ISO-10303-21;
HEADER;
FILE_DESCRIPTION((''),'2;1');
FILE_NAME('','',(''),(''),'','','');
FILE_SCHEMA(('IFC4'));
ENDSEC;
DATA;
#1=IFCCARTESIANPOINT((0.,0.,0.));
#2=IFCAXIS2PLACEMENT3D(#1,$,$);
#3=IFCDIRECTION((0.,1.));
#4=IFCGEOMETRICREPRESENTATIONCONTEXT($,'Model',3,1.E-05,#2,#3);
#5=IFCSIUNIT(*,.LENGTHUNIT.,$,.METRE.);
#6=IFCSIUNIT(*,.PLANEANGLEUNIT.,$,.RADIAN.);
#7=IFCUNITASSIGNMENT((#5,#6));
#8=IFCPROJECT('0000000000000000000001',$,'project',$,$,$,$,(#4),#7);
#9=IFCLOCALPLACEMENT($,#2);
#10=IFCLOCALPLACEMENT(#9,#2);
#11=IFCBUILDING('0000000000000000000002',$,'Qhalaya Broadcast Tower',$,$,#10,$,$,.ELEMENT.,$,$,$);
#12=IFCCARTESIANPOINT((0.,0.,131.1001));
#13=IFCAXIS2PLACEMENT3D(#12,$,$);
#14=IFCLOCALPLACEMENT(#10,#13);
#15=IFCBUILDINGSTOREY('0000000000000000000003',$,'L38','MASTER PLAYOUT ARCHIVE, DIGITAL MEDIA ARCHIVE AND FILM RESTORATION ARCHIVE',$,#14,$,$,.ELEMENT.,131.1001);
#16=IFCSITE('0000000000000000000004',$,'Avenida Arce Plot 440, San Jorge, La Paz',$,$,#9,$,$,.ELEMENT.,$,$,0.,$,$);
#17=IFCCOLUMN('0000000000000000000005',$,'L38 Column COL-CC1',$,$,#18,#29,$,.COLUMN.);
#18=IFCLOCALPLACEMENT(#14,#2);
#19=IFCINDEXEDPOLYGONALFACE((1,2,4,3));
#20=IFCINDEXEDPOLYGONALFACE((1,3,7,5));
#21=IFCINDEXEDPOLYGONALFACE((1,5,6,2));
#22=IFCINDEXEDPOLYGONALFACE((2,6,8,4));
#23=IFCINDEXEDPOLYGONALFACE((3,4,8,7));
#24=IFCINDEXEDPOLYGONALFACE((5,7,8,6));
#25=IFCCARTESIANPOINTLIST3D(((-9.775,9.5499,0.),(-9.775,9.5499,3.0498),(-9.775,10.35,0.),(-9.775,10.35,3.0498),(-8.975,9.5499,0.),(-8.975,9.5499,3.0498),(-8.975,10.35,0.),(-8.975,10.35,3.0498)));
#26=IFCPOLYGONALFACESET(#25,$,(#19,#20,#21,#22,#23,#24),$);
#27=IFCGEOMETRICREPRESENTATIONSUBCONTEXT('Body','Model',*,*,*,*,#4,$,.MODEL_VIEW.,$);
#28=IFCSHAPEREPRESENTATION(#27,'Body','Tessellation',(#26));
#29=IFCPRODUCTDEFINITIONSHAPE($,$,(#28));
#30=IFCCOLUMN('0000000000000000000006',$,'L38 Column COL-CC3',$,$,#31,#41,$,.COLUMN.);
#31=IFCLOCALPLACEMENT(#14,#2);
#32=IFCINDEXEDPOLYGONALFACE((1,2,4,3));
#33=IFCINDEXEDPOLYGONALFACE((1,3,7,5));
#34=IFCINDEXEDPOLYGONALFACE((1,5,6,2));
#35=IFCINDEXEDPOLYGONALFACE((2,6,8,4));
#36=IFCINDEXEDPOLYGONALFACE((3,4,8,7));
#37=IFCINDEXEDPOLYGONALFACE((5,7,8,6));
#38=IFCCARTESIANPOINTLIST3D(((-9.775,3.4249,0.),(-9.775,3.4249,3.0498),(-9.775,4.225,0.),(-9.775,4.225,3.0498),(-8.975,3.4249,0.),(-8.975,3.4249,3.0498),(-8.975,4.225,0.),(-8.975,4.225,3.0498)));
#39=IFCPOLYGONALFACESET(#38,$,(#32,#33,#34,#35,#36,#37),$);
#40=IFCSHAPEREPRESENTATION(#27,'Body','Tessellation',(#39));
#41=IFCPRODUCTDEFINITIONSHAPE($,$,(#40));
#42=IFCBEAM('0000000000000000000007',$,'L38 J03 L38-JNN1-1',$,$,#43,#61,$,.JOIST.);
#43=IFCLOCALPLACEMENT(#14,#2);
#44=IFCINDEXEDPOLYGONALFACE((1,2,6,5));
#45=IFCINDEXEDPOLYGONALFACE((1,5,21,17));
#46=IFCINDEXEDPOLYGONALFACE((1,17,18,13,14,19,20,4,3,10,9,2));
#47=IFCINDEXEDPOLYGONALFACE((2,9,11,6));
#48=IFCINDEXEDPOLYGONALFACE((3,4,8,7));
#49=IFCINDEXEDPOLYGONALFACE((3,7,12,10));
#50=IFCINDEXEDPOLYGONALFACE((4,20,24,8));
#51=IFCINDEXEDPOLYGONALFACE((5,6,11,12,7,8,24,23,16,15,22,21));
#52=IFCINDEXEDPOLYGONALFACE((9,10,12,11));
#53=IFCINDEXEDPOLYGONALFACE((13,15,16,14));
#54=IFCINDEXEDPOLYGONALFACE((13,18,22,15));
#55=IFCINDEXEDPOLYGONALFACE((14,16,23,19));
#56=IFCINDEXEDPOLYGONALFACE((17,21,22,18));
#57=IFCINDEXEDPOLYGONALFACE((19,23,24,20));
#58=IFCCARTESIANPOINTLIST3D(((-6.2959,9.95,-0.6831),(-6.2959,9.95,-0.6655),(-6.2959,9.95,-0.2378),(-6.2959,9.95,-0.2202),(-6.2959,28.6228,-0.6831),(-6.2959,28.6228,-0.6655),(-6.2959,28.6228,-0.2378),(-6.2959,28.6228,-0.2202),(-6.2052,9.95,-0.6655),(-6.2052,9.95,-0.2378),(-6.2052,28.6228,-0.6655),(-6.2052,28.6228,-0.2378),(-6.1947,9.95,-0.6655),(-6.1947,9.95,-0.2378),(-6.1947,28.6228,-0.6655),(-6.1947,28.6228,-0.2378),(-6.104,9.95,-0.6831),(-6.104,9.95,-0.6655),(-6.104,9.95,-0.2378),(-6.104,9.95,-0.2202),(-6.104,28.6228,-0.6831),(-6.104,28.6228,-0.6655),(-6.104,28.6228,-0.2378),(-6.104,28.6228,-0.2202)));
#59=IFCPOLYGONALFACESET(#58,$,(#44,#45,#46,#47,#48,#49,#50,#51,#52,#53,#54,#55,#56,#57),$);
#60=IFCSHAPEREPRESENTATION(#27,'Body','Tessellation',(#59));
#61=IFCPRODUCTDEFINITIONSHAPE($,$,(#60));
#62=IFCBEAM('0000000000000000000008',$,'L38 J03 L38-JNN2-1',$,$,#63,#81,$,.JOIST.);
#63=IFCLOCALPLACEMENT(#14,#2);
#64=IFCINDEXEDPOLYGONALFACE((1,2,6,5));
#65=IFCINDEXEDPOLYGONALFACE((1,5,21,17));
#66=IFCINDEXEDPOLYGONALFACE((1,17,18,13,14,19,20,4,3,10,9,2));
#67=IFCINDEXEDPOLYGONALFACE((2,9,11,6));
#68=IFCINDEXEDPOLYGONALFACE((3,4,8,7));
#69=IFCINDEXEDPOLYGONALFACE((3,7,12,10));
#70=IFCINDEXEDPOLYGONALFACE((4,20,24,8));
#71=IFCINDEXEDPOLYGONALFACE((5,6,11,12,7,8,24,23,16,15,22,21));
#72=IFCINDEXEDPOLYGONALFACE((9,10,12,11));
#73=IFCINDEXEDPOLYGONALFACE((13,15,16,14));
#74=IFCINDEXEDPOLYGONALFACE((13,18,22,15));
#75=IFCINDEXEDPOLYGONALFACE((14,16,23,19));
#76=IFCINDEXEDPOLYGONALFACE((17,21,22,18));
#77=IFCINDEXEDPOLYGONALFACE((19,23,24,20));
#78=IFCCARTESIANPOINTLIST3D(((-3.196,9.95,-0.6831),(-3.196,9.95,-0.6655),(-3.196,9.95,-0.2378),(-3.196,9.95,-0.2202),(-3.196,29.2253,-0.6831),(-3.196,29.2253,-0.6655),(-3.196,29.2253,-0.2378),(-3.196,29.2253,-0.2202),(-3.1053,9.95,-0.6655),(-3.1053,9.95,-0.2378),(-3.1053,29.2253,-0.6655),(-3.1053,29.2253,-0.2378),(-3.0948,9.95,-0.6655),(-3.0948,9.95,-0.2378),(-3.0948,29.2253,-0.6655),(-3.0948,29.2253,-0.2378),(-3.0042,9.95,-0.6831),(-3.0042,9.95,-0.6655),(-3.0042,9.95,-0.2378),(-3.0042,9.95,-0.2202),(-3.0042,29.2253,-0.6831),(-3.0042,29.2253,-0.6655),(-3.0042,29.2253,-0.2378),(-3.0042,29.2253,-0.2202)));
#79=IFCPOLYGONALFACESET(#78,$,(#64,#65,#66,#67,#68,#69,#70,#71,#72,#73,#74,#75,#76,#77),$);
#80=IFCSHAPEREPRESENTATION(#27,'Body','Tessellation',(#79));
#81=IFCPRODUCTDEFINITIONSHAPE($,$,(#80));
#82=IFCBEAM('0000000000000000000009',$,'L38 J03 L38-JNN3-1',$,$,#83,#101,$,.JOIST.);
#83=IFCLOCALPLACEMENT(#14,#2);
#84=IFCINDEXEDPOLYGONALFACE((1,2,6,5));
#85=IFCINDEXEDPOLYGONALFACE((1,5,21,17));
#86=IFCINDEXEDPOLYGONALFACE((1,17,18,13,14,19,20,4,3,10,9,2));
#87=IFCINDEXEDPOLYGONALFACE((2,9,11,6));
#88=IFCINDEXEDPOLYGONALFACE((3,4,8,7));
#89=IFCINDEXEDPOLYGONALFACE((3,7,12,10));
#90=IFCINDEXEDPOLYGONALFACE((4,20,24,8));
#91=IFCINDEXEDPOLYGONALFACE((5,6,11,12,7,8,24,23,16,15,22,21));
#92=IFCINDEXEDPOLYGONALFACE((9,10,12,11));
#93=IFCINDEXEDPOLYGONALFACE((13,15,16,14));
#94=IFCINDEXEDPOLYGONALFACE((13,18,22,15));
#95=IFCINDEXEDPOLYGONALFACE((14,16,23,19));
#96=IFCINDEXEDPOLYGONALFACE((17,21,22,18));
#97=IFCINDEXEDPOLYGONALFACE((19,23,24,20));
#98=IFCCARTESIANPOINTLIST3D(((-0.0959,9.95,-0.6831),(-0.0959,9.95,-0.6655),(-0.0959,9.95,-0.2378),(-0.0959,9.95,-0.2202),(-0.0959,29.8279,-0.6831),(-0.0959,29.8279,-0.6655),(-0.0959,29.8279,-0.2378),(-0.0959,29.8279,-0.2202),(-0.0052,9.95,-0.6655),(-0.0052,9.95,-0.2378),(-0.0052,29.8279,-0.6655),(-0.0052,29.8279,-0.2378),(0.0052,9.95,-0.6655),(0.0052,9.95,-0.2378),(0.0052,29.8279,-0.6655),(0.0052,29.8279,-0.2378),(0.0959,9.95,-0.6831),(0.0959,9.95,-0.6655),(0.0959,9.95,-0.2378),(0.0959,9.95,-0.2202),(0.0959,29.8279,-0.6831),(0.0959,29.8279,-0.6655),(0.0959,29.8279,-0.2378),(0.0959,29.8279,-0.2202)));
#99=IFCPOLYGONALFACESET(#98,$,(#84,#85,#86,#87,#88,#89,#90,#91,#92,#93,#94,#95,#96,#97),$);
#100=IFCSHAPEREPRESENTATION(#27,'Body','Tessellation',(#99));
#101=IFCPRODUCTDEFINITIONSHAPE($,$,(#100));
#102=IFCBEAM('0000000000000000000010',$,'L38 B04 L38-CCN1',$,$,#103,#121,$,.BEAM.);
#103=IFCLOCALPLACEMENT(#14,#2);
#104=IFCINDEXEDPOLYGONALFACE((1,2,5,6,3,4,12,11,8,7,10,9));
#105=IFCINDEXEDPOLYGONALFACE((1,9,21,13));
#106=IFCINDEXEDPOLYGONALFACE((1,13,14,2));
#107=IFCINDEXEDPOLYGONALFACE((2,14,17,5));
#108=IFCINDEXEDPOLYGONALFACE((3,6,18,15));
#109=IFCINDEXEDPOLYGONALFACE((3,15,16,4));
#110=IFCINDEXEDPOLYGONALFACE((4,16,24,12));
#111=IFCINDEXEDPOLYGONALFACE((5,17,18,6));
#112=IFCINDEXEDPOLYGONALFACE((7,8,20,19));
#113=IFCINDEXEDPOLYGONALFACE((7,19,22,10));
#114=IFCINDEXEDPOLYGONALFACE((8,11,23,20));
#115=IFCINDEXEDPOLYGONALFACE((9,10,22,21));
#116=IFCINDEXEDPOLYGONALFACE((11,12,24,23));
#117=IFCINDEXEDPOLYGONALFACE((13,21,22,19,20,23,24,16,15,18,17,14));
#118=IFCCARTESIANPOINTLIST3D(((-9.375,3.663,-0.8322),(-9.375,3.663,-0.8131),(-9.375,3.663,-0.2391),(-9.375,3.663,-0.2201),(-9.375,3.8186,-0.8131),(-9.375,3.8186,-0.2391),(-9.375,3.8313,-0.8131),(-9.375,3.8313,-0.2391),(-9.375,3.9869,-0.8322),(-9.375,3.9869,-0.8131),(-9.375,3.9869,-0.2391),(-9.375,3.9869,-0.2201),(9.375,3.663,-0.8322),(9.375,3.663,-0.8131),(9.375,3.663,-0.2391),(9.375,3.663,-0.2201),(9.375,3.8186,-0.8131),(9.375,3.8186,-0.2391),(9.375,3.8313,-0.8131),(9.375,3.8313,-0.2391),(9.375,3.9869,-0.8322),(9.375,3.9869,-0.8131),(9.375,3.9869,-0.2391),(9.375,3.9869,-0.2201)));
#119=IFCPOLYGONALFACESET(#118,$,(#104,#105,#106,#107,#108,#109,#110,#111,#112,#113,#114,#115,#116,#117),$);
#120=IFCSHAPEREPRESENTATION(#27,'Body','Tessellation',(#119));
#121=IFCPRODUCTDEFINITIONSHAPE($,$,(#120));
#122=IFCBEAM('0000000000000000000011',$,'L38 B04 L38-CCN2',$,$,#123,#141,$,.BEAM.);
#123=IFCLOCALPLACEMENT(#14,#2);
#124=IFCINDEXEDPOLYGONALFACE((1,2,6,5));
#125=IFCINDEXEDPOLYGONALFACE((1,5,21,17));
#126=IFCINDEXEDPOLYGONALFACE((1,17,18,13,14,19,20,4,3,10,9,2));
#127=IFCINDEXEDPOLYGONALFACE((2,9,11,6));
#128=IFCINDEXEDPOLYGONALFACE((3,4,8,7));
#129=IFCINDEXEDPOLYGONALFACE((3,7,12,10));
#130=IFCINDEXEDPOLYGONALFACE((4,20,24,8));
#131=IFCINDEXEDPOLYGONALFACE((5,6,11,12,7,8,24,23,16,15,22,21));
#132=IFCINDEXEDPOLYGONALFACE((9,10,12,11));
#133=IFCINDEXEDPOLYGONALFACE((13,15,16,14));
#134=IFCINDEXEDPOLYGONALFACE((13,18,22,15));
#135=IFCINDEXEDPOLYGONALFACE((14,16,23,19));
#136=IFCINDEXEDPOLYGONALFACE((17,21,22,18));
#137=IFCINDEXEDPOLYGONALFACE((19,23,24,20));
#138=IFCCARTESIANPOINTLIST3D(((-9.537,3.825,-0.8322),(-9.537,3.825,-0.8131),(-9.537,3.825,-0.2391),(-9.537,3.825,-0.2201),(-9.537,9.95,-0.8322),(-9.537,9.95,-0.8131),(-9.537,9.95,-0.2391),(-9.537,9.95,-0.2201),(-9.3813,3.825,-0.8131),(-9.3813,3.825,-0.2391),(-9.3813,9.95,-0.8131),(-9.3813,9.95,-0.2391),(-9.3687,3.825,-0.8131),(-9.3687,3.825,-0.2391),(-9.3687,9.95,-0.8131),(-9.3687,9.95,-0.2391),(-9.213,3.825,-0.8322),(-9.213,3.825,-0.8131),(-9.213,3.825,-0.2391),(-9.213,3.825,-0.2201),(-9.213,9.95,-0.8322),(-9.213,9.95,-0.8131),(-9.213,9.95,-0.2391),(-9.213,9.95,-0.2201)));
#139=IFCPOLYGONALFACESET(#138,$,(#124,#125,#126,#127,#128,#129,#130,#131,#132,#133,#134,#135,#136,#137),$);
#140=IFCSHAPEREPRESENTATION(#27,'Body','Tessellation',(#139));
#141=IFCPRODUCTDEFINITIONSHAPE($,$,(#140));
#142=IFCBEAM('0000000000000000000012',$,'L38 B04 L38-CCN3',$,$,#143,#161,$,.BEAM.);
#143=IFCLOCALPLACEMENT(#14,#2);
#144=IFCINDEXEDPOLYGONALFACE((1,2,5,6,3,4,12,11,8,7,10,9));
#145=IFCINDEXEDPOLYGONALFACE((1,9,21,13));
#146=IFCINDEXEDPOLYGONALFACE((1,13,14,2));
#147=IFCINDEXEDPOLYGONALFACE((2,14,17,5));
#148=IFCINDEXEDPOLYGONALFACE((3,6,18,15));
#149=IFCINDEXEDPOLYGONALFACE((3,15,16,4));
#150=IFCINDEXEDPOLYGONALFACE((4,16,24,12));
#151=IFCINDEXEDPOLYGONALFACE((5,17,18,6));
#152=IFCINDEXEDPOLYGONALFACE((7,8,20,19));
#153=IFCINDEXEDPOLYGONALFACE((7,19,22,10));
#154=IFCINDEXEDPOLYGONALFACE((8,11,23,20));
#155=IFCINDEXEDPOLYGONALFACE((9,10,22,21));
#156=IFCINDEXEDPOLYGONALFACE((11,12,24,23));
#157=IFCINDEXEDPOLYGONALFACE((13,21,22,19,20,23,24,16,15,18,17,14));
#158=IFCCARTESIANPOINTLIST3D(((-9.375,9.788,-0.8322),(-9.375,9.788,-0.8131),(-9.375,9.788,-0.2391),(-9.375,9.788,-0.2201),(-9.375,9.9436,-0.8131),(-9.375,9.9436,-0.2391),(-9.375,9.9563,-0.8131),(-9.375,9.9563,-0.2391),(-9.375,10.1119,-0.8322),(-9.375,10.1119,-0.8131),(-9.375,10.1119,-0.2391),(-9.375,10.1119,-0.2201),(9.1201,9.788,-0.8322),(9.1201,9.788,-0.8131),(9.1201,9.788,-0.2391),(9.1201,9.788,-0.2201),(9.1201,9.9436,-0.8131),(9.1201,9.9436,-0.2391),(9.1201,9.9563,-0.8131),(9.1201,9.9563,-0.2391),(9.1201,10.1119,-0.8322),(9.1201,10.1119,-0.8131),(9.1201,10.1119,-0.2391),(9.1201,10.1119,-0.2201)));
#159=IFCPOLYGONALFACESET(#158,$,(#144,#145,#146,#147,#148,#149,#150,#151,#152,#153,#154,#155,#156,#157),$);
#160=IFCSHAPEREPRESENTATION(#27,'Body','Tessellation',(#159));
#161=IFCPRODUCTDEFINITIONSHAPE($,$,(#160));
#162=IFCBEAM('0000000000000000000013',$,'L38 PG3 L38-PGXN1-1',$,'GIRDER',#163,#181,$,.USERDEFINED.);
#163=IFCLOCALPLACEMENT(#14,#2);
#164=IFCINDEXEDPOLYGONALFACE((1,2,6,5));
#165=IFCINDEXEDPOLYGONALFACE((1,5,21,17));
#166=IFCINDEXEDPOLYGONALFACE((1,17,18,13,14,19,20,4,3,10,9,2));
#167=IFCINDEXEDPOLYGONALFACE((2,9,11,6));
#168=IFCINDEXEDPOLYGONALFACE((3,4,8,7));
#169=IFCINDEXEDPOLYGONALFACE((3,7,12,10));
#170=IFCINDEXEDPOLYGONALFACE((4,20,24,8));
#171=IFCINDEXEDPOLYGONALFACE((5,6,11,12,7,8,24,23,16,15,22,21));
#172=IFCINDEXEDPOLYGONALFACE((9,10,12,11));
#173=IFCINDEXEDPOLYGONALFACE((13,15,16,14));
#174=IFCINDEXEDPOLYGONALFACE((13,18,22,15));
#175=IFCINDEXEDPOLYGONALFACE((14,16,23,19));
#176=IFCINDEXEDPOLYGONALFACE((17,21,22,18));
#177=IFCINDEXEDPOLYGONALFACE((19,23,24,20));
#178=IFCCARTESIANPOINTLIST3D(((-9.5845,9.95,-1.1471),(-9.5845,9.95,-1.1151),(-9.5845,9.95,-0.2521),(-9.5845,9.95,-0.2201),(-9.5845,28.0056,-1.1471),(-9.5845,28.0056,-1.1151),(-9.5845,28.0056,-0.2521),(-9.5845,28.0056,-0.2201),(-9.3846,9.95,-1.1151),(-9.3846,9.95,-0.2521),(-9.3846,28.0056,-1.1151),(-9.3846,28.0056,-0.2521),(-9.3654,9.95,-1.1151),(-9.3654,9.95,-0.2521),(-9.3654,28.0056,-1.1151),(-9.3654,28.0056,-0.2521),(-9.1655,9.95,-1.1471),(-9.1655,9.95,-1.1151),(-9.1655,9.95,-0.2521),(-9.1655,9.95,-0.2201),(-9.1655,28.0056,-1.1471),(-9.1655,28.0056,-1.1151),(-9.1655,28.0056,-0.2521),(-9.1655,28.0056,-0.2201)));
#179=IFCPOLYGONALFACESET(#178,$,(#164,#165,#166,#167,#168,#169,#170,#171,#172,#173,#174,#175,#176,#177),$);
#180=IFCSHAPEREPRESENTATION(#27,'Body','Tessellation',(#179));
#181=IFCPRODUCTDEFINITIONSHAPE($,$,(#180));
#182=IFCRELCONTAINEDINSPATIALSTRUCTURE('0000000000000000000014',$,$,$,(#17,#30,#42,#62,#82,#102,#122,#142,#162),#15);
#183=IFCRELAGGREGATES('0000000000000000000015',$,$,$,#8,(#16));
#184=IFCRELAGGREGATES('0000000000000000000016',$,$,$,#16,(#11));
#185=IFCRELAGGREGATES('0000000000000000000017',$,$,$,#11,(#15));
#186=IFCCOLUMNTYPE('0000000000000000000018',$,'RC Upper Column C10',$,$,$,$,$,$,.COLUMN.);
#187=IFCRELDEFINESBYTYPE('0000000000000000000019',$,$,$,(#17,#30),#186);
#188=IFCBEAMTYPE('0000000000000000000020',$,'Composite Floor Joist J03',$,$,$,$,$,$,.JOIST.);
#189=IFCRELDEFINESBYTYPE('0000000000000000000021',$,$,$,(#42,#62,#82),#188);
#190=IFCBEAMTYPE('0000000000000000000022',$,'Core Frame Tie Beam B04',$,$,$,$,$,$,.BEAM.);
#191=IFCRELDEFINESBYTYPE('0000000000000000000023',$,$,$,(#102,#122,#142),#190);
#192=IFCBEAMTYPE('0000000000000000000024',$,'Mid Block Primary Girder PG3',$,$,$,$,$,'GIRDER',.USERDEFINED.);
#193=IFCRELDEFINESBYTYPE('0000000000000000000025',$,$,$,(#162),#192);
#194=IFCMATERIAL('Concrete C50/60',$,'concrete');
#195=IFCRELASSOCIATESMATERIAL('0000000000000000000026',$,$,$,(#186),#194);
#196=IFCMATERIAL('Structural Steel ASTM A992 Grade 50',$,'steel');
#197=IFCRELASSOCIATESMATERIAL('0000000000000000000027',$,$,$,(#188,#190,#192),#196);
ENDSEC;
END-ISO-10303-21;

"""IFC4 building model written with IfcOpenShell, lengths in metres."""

from ifc_helpers import new_model, si_unit, direction, frame, origin, origin_2d, place, context, subcontext, project, spatial, rectangle, i_section, extrude, material, material_profile, profile_set, type_object, element, save


model = new_model("IFC4")

# Units and contexts
model_context = context("Model", 3, precision=1e-05, world=origin(), true_north=direction((0.0, 1.0)))
body_context = subcontext(model_context, "Body", "Model", "MODEL_VIEW")
ifc_project = project(units=[si_unit("LENGTHUNIT", "METRE"), si_unit("PLANEANGLEUNIT", "RADIAN")], contexts=[model_context])

# Site, building, storey
site_placement = place(None, origin())
site = spatial("IfcSite", under=ifc_project, at=site_placement, Name="Avenida Arce Plot 440, San Jorge, La Paz", CompositionType="ELEMENT", RefElevation=0.0)
building_placement = place(site_placement, origin())
building = spatial("IfcBuilding", under=site, at=building_placement, Name="Qhalaya Broadcast Tower", CompositionType="ELEMENT")
storey_placement = place(building_placement, frame((0.0, 0.0, 131.1001)))
storey = spatial("IfcBuildingStorey", under=building, at=storey_placement, Name="L38", Description="MASTER PLAYOUT ARCHIVE, DIGITAL MEDIA ARCHIVE AND FILM RESTORATION ARCHIVE", CompositionType="ELEMENT", Elevation=131.1001)

# Columns
ifc_material_1 = material(Name="Concrete C50/60", Category="concrete")
ifc_material_profile_1 = material_profile(ifc_material_1, rectangle(XDim=0.8, YDim=0.8, at=origin_2d()), Name="RC-COL 800x800")
ifc_profile_set_1 = profile_set([ifc_material_profile_1], Name="Concrete C50/60")
column_type = type_object("IfcColumnType", Name="RC Upper Column C10", PredefinedType="COLUMN", material=ifc_profile_set_1)
for number, where, z_axis, x_axis, name in (
    (1, (-9.375, 9.95, 0.0), (0.0, 0.0, 1.0), (1.0, 0.0, 0.0), "L38 Column COL-CC1"),
    (2, (-9.375, 3.825, 0.0), (0.0, 0.0, 1.0), (1.0, 0.0, 0.0), "L38 Column COL-CC3"),
):
    element("IfcColumn", number, at=place(storey_placement, frame(where, z_axis=z_axis, x_axis=x_axis)), inside=storey, type_object=column_type, Name=name, PredefinedType="COLUMN", context=body_context, shape_type="SweptSolid", body=[
        extrude(rectangle(XDim=0.8, YDim=0.8, at=origin_2d()), origin(), (0.0, 0.0, 1.0), 3.0498),
    ])

# Beams
ifc_material_2 = material(Name="Structural Steel ASTM A992 Grade 50", Category="steel")
ifc_material_profile_2 = material_profile(ifc_material_2, i_section(OverallWidth=0.1919, OverallDepth=0.4629, WebThickness=0.0105, FlangeThickness=0.0176, at=origin_2d()), Name="W18X60")
ifc_profile_set_2 = profile_set([ifc_material_profile_2], Name="Structural Steel ASTM A992 Grade 50")
beam_type_1 = type_object("IfcBeamType", Name="Composite Floor Joist J03", PredefinedType="JOIST", material=ifc_profile_set_2)
beam_1_placement = place(storey_placement, frame((-6.2, 9.95, -0.4517), z_axis=(0.0, 1.0, 0.0), x_axis=(-1.0, 0.0, 0.0)))
element("IfcBeam", 3, at=beam_1_placement, inside=storey, type_object=beam_type_1, Name="L38 J03 L38-JNN1-1", PredefinedType="JOIST", context=body_context, shape_type="SweptSolid", body=[
    extrude(i_section(OverallWidth=0.1919, OverallDepth=0.4629, WebThickness=0.0105, FlangeThickness=0.0176, at=origin_2d()), origin(), (0.0, 0.0, 1.0), 18.6729),
])
beam_2_placement = place(storey_placement, frame((-3.1001, 9.95, -0.4517), z_axis=(0.0, 1.0, 0.0), x_axis=(-1.0, 0.0, 0.0)))
element("IfcBeam", 4, at=beam_2_placement, inside=storey, type_object=beam_type_1, Name="L38 J03 L38-JNN2-1", PredefinedType="JOIST", context=body_context, shape_type="SweptSolid", body=[
    extrude(i_section(OverallWidth=0.1919, OverallDepth=0.4629, WebThickness=0.0105, FlangeThickness=0.0176, at=origin_2d()), origin(), (0.0, 0.0, 1.0), 19.2754),
])
beam_3_placement = place(storey_placement, frame((0.0, 9.95, -0.4517), z_axis=(0.0, 1.0, 0.0), x_axis=(-1.0, 0.0, 0.0)))
element("IfcBeam", 5, at=beam_3_placement, inside=storey, type_object=beam_type_1, Name="L38 J03 L38-JNN3-1", PredefinedType="JOIST", context=body_context, shape_type="SweptSolid", body=[
    extrude(i_section(OverallWidth=0.1919, OverallDepth=0.4629, WebThickness=0.0105, FlangeThickness=0.0176, at=origin_2d()), origin(), (0.0, 0.0, 1.0), 19.8779),
])
ifc_material_profile_3 = material_profile(ifc_material_2, i_section(OverallWidth=0.324, OverallDepth=0.6121, WebThickness=0.0127, FlangeThickness=0.019, at=origin_2d()), Name="W24X104")
ifc_profile_set_3 = profile_set([ifc_material_profile_3], Name="Structural Steel ASTM A992 Grade 50")
beam_type_2 = type_object("IfcBeamType", Name="Core Frame Tie Beam B04", PredefinedType="BEAM", material=ifc_profile_set_3)
beam_4_placement = place(storey_placement, frame((-9.375, 3.825, -0.5261), z_axis=(1.0, 0.0, 0.0), x_axis=(0.0, 1.0, 0.0)))
element("IfcBeam", 6, at=beam_4_placement, inside=storey, type_object=beam_type_2, Name="L38 B04 L38-CCN1", PredefinedType="BEAM", context=body_context, shape_type="SweptSolid", body=[
    extrude(i_section(OverallWidth=0.324, OverallDepth=0.6121, WebThickness=0.0127, FlangeThickness=0.019, at=origin_2d()), origin(), (0.0, 0.0, 1.0), 18.75),
])
beam_5_placement = place(storey_placement, frame((-9.375, 3.825, -0.5261), z_axis=(0.0, 1.0, 0.0), x_axis=(-1.0, 0.0, 0.0)))
element("IfcBeam", 7, at=beam_5_placement, inside=storey, type_object=beam_type_2, Name="L38 B04 L38-CCN2", PredefinedType="BEAM", context=body_context, shape_type="SweptSolid", body=[
    extrude(i_section(OverallWidth=0.324, OverallDepth=0.6121, WebThickness=0.0127, FlangeThickness=0.019, at=origin_2d()), origin(), (0.0, 0.0, 1.0), 6.125),
])
beam_6_placement = place(storey_placement, frame((-9.375, 9.95, -0.5261), z_axis=(1.0, 0.0, 0.0), x_axis=(0.0, 1.0, 0.0)))
element("IfcBeam", 8, at=beam_6_placement, inside=storey, type_object=beam_type_2, Name="L38 B04 L38-CCN3", PredefinedType="BEAM", context=body_context, shape_type="SweptSolid", body=[
    extrude(i_section(OverallWidth=0.324, OverallDepth=0.6121, WebThickness=0.0127, FlangeThickness=0.019, at=origin_2d()), origin(), (0.0, 0.0, 1.0), 18.4951),
])
ifc_material_profile_4 = material_profile(ifc_material_2, i_section(OverallWidth=0.4189, OverallDepth=0.927, WebThickness=0.0193, FlangeThickness=0.032, at=origin_2d()), Name="W36X231")
ifc_profile_set_4 = profile_set([ifc_material_profile_4], Name="Structural Steel ASTM A992 Grade 50")
beam_type_3 = type_object("IfcBeamType", Name="Mid Block Primary Girder PG3", ElementType="GIRDER", PredefinedType="USERDEFINED", material=ifc_profile_set_4)
beam_7_placement = place(storey_placement, frame((-9.375, 9.95, -0.6836), z_axis=(0.0, 1.0, 0.0), x_axis=(-1.0, 0.0, 0.0)))
element("IfcBeam", 9, at=beam_7_placement, inside=storey, type_object=beam_type_3, Name="L38 PG3 L38-PGXN1-1", ObjectType="GIRDER", PredefinedType="USERDEFINED", context=body_context, shape_type="SweptSolid", body=[
    extrude(i_section(OverallWidth=0.4189, OverallDepth=0.927, WebThickness=0.0193, FlangeThickness=0.032, at=origin_2d()), origin(), (0.0, 0.0, 1.0), 18.0557),
])

save(model, "model.ifc")
